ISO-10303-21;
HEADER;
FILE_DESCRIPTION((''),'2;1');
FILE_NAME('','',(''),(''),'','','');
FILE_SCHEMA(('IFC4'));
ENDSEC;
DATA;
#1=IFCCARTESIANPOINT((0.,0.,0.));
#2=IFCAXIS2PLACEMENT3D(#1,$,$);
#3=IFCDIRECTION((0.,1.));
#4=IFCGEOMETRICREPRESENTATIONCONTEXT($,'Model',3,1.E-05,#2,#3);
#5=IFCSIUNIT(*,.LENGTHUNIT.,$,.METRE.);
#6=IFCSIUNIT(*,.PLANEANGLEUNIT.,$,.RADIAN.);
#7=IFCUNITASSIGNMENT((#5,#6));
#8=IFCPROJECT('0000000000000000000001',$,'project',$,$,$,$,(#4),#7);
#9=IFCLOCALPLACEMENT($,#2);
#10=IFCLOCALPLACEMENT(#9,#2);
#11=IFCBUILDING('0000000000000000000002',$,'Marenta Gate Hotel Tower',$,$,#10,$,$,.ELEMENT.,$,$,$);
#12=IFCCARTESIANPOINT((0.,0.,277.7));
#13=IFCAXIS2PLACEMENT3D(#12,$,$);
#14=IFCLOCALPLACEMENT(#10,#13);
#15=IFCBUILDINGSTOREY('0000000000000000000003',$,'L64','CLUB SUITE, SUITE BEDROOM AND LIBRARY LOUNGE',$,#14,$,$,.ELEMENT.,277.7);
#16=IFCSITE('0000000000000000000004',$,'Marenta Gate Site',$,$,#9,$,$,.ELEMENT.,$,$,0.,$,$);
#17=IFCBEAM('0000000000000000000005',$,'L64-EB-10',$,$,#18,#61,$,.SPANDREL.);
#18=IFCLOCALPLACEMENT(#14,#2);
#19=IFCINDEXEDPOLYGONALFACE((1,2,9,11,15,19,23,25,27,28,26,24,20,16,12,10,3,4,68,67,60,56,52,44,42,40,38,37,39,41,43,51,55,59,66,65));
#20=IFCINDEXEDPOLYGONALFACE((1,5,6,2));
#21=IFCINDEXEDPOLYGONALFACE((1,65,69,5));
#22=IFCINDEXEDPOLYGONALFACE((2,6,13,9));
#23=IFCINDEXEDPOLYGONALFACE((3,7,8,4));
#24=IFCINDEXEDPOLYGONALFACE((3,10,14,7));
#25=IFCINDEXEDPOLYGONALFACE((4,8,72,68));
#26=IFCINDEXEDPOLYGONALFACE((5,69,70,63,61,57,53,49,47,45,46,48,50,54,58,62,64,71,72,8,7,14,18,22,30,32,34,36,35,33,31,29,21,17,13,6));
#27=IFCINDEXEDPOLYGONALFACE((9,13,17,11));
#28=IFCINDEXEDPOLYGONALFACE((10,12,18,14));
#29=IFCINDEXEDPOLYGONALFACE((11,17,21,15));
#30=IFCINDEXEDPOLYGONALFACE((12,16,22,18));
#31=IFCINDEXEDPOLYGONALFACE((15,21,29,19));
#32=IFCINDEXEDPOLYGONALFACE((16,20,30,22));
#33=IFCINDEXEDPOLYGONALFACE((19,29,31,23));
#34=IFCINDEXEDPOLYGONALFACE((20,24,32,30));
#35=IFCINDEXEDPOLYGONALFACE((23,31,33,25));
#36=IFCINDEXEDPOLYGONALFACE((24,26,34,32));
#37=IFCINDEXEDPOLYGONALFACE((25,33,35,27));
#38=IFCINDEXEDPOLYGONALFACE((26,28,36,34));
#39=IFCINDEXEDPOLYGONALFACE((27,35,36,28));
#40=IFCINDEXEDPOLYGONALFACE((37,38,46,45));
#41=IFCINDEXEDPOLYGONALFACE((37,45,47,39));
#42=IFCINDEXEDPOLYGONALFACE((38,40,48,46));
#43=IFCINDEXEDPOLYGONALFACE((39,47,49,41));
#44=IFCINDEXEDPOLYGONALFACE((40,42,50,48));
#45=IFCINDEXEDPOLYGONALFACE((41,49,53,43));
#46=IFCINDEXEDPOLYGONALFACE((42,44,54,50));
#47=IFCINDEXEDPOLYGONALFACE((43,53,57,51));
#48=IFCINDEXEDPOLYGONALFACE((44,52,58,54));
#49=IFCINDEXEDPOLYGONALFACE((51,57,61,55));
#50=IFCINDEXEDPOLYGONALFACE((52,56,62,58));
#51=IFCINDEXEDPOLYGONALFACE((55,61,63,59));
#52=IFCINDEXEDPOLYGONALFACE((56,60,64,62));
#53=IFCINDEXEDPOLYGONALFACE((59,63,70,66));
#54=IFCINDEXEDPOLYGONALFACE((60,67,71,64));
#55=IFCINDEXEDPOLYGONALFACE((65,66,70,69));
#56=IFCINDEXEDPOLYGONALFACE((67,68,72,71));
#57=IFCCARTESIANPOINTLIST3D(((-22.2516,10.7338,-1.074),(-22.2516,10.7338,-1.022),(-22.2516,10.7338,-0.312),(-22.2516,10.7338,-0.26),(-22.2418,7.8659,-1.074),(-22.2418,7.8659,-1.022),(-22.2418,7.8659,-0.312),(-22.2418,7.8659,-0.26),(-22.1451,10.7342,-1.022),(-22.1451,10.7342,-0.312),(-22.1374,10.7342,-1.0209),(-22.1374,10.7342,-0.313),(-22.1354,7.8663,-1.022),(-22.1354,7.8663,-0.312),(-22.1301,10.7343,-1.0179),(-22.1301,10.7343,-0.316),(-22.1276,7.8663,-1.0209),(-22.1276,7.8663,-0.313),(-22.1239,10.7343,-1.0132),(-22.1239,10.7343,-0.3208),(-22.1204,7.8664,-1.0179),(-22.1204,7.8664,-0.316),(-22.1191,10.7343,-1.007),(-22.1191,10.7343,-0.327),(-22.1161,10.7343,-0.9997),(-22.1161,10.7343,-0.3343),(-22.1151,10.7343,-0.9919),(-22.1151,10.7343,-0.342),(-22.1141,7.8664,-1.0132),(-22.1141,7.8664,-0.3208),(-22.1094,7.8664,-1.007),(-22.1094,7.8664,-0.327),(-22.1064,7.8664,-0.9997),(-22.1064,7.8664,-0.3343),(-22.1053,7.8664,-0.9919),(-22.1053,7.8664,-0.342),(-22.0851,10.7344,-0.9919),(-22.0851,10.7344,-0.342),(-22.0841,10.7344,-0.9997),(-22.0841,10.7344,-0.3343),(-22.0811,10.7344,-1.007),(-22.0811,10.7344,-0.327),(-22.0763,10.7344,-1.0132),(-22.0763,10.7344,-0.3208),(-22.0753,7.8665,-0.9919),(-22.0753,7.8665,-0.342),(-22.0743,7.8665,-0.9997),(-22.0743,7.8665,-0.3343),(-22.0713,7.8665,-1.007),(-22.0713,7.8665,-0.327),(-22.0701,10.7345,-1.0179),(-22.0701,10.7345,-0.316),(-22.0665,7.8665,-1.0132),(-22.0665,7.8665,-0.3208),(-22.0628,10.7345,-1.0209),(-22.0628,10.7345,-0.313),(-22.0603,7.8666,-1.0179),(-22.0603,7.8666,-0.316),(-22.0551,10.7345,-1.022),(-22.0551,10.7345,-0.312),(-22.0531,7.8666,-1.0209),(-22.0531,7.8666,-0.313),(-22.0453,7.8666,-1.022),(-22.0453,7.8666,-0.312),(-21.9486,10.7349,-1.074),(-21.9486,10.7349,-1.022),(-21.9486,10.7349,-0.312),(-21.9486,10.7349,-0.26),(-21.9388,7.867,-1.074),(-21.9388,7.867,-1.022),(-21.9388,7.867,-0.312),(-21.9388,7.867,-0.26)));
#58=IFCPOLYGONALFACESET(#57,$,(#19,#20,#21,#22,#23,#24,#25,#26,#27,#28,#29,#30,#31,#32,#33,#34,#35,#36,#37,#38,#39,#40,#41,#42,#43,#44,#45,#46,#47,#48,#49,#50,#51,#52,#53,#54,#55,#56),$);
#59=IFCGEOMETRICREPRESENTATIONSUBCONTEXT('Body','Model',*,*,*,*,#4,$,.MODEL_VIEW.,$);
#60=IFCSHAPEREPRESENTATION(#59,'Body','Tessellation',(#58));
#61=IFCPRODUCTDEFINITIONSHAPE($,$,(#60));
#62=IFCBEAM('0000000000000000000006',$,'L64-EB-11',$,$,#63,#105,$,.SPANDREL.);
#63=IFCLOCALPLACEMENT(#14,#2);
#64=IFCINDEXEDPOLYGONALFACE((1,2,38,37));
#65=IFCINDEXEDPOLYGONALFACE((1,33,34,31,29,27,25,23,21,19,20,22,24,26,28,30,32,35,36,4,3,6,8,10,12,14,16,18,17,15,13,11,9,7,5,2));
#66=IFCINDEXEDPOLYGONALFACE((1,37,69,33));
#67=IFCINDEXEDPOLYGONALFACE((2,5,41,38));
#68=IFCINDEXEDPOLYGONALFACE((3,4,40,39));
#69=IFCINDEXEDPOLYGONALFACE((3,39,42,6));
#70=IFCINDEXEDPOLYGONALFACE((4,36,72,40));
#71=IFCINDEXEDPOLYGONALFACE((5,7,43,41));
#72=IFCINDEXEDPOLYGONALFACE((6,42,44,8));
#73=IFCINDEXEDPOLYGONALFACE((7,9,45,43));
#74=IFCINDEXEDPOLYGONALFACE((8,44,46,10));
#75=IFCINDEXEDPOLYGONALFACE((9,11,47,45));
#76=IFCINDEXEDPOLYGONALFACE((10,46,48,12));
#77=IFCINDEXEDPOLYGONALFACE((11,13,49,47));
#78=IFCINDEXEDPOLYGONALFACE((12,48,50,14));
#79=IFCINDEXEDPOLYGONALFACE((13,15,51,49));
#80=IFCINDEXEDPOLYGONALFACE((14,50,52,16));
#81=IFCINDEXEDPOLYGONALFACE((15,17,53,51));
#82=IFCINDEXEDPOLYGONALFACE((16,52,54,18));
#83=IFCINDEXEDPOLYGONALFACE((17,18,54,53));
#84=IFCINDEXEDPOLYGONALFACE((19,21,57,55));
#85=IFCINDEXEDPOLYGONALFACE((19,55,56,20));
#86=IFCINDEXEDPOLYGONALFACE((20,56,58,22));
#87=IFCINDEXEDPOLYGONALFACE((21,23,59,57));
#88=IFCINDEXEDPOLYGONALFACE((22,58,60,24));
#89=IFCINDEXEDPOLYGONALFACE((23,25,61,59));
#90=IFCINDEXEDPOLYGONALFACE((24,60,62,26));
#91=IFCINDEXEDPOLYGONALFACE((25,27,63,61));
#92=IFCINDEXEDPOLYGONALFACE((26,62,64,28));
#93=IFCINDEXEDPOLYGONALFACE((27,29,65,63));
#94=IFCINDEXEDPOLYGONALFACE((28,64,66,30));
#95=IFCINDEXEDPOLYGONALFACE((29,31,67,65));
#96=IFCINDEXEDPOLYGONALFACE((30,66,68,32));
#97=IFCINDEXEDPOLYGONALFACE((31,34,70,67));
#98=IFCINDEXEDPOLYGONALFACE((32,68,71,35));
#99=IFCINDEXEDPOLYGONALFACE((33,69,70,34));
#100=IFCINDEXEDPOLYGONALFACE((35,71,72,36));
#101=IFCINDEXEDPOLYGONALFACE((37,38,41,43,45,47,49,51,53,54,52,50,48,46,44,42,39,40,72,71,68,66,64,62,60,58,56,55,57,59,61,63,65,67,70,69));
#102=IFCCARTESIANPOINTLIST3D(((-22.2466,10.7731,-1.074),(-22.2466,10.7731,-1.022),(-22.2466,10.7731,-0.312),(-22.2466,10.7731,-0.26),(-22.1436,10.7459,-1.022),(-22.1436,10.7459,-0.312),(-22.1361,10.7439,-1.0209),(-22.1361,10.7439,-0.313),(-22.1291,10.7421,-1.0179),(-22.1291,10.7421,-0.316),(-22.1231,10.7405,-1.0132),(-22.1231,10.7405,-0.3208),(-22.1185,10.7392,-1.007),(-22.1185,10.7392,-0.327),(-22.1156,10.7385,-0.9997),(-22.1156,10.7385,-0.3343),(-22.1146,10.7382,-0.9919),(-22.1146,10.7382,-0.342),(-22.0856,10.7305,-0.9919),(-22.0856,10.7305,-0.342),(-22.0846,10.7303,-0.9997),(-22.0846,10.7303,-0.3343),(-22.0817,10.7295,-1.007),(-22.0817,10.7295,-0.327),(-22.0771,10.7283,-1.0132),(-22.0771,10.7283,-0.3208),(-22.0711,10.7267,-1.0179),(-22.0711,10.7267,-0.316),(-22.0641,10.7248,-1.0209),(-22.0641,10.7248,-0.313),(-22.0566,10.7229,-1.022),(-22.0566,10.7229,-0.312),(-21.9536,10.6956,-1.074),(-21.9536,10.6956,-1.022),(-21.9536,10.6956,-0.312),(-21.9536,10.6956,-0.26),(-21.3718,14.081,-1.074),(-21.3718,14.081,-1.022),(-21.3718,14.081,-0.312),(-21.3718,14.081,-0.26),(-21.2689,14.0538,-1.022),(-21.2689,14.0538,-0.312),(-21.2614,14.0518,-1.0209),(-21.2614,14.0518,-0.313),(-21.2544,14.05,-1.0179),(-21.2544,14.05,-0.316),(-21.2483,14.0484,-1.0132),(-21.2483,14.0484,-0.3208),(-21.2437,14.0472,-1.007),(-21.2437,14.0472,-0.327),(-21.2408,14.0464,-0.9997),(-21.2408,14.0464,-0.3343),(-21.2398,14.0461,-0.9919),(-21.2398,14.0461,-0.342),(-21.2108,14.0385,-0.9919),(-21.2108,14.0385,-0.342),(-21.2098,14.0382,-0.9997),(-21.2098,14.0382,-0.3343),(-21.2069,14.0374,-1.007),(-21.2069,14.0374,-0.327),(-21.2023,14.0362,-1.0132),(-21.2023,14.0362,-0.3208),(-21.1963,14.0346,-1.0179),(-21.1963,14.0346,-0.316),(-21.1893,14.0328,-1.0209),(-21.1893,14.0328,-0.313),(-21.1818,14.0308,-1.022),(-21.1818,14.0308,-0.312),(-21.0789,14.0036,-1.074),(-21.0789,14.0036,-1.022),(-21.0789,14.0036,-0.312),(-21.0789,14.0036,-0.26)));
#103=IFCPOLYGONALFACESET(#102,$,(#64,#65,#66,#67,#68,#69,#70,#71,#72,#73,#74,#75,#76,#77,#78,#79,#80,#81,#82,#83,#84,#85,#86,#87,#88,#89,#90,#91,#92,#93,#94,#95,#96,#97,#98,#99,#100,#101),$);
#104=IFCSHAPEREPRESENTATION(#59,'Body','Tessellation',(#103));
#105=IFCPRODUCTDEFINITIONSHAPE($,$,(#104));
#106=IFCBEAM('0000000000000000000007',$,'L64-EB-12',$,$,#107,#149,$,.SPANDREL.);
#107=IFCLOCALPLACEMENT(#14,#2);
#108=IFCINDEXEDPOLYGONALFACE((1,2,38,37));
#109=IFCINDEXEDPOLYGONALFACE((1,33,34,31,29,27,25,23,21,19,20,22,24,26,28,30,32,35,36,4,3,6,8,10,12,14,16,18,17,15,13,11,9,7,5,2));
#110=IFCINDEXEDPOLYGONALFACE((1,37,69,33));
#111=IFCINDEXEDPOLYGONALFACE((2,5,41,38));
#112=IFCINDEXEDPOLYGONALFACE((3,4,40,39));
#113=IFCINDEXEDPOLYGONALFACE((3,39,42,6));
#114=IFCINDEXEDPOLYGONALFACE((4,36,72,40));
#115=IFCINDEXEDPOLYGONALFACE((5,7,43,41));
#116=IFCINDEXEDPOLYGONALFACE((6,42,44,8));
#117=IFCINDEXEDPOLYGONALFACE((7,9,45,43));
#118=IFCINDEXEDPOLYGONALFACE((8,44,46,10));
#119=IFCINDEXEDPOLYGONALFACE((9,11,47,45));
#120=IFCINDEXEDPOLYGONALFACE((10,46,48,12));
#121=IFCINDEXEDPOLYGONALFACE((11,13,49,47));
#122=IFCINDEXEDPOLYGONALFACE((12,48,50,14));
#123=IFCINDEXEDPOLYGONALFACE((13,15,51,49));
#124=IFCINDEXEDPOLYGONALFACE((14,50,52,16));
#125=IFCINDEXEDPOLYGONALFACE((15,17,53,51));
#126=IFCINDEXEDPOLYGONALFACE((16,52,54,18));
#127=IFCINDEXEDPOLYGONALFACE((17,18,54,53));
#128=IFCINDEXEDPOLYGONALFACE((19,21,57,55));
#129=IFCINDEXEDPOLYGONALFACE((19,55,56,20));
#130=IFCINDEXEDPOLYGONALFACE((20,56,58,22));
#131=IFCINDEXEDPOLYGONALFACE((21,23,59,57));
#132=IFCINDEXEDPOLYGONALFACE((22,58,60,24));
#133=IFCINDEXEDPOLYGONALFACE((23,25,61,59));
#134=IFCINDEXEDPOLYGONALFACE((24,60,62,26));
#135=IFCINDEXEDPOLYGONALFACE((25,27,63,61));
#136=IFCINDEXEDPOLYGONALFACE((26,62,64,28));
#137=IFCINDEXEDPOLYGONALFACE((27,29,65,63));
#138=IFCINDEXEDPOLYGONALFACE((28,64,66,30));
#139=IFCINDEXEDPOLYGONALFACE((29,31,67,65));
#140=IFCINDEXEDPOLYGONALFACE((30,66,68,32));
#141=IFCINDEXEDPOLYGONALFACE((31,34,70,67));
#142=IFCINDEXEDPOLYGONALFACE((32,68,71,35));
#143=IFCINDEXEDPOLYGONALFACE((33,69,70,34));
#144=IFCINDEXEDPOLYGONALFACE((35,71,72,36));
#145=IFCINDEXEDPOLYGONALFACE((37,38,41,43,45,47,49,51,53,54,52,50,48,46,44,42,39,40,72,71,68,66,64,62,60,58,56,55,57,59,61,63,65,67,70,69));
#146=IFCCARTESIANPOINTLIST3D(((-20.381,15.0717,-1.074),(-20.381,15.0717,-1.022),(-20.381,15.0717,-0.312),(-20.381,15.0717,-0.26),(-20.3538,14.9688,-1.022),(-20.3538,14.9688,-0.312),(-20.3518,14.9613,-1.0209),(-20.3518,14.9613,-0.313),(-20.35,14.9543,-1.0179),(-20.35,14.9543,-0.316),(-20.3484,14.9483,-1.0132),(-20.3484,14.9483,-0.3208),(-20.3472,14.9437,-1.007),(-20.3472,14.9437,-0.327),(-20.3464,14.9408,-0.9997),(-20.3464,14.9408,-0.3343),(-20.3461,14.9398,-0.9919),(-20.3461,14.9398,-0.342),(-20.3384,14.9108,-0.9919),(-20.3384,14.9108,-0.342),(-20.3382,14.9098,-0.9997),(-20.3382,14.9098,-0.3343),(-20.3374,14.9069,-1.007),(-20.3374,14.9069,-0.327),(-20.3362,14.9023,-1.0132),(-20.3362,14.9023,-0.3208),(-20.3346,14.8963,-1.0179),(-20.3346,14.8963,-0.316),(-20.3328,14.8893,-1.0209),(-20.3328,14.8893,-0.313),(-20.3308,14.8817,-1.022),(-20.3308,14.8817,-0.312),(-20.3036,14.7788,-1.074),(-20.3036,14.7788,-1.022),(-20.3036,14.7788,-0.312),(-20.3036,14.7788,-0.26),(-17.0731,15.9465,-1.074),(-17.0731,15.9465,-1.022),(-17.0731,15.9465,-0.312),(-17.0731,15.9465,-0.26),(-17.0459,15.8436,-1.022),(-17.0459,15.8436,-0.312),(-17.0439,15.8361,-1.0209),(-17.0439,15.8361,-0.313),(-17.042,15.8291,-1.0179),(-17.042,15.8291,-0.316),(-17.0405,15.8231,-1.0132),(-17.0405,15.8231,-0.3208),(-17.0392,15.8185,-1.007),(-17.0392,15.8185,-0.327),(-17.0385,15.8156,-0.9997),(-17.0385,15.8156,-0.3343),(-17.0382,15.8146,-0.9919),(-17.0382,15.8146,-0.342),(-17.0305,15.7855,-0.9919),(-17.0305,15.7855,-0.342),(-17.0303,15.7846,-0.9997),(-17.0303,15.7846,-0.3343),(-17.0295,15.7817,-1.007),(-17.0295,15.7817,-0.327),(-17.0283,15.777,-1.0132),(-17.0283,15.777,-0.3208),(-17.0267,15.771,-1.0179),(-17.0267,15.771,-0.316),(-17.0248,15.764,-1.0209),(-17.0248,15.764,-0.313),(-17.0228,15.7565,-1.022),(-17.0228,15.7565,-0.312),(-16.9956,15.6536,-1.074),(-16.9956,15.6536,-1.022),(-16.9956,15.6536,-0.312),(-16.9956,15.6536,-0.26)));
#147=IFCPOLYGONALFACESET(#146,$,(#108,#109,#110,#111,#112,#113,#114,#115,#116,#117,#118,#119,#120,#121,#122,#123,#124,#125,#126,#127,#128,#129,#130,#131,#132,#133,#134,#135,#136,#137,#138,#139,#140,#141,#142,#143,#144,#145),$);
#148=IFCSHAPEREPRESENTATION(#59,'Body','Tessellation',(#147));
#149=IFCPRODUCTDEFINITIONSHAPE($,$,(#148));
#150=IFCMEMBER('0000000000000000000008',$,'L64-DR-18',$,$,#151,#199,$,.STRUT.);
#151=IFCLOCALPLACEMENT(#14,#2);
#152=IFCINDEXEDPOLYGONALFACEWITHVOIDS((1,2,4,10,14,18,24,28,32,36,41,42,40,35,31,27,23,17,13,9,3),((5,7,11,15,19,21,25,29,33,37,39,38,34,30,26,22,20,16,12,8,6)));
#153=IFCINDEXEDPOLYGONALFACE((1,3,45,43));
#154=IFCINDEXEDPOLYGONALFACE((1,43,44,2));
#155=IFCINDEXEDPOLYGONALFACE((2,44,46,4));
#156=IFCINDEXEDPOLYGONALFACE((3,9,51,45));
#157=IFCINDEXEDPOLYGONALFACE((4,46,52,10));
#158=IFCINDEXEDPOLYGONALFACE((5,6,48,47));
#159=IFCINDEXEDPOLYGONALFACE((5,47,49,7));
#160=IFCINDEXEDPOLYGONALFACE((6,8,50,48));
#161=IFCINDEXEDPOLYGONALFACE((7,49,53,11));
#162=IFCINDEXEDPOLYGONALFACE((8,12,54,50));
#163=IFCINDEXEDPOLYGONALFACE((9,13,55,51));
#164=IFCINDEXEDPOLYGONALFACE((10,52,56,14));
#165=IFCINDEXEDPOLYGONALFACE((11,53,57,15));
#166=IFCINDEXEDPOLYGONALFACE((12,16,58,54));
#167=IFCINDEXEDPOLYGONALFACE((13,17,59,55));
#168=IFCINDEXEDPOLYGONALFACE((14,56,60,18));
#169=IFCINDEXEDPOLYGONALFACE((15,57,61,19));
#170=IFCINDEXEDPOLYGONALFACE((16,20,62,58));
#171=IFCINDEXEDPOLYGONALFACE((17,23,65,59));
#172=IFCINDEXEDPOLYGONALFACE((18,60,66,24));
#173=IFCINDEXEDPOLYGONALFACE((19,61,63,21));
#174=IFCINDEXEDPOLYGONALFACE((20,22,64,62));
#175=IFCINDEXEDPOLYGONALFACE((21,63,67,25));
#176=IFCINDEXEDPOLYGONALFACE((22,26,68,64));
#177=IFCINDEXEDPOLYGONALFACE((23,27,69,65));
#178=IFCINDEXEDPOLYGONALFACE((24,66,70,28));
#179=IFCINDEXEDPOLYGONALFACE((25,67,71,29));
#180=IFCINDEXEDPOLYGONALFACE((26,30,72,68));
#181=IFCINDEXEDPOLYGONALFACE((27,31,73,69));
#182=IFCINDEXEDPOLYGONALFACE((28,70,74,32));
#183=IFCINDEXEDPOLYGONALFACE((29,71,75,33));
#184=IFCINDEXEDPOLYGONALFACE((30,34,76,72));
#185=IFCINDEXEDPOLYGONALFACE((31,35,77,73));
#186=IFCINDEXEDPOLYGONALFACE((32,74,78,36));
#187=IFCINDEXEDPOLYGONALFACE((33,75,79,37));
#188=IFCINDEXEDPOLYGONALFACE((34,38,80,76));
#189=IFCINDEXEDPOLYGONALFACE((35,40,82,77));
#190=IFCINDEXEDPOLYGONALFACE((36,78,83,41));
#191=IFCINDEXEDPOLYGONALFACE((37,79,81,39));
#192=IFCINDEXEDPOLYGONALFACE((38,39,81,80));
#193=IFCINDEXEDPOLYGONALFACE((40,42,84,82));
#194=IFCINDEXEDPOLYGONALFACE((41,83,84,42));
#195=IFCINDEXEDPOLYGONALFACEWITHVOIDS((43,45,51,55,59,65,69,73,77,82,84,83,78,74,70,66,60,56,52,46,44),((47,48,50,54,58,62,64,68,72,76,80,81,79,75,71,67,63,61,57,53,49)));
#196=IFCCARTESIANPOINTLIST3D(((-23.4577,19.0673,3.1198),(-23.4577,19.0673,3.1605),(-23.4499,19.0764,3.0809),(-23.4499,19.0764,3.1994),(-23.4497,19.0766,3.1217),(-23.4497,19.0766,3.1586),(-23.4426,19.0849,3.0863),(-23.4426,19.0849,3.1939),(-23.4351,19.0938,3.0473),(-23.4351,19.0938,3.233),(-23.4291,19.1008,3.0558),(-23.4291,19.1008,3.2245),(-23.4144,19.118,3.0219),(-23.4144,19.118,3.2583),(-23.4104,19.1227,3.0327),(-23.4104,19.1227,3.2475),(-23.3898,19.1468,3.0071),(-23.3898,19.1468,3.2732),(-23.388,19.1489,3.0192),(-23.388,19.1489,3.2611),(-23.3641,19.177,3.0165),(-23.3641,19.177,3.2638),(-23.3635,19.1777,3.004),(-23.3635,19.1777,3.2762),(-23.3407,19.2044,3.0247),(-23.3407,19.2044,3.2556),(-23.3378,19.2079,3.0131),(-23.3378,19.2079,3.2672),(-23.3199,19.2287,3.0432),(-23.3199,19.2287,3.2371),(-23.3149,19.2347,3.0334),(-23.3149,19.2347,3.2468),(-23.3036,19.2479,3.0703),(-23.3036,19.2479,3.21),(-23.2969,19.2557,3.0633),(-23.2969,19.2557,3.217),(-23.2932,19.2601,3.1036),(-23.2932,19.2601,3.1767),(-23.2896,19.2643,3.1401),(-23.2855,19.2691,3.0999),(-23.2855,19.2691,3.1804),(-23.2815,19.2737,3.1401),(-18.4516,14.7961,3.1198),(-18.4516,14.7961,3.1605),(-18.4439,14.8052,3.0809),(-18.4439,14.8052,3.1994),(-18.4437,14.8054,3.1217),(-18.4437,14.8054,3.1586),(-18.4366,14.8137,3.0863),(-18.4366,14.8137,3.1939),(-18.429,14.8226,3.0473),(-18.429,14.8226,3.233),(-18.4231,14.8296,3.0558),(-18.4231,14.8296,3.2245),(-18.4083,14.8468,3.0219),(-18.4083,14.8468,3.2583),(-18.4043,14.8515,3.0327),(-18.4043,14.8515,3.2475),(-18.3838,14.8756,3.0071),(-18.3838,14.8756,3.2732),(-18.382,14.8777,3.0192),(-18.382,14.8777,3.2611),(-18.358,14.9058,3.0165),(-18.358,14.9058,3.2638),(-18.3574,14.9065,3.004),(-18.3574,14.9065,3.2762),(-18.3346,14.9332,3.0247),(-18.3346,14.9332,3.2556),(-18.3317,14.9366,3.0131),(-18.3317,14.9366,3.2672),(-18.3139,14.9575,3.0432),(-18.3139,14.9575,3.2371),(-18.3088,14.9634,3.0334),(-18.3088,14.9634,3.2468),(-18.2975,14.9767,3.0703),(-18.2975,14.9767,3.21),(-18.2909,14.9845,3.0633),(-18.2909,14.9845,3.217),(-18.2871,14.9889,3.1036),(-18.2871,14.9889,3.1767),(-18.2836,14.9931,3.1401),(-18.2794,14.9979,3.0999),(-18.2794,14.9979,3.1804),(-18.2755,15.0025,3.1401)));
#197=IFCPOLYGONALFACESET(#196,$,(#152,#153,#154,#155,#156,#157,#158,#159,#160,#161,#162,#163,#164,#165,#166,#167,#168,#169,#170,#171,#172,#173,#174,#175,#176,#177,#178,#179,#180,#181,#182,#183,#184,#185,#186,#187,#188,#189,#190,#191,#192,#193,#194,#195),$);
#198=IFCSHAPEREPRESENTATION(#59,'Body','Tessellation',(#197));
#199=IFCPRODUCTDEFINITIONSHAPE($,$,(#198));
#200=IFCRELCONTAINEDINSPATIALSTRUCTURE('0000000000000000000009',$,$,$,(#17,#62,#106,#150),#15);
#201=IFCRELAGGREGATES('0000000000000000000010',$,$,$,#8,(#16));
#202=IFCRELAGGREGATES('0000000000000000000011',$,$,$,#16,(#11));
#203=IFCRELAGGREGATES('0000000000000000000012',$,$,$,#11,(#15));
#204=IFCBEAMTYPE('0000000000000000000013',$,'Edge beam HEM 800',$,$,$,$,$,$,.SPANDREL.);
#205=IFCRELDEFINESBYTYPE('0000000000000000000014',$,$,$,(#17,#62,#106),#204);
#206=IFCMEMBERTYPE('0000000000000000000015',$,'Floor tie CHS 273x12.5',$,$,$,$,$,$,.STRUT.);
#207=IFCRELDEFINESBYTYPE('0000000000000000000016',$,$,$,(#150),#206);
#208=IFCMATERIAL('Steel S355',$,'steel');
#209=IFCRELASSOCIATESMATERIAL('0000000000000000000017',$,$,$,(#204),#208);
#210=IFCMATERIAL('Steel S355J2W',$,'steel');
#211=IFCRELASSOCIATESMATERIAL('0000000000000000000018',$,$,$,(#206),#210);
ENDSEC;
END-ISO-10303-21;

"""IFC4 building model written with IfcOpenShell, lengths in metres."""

from ifc_helpers import new_model, si_unit, direction, frame, origin, origin_2d, place, context, subcontext, project, spatial, hollow_circle, i_section, extrude, material, material_profile, profile_set, type_object, element, save


model = new_model("IFC4")

# Units and contexts
model_context = context("Model", 3, precision=1e-05, world=origin(), true_north=direction((0.0, 1.0)))
body_context = subcontext(model_context, "Body", "Model", "MODEL_VIEW")
ifc_project = project(units=[si_unit("LENGTHUNIT", "METRE"), si_unit("PLANEANGLEUNIT", "RADIAN")], contexts=[model_context])

# Site, building, storey
site_placement = place(None, origin())
site = spatial("IfcSite", under=ifc_project, at=site_placement, Name="Marenta Gate Site", CompositionType="ELEMENT", RefElevation=0.0)
building_placement = place(site_placement, origin())
building = spatial("IfcBuilding", under=site, at=building_placement, Name="Marenta Gate Hotel Tower", CompositionType="ELEMENT")
storey_placement = place(building_placement, frame((0.0, 0.0, 277.7)))
storey = spatial("IfcBuildingStorey", under=building, at=storey_placement, Name="L64", Description="CLUB SUITE, SUITE BEDROOM AND LIBRARY LOUNGE", CompositionType="ELEMENT", Elevation=277.7)

# Beams
ifc_material_1 = material(Name="Steel S355", Category="steel")
ifc_material_profile_1 = material_profile(ifc_material_1, i_section(OverallWidth=0.303, OverallDepth=0.814, WebThickness=0.03, FlangeThickness=0.052, FilletRadius=0.03, at=origin_2d()), Name="HEM 800")
ifc_profile_set_1 = profile_set([ifc_material_profile_1], Name="Steel S355")
beam_type_1 = type_object("IfcBeamType", Name="Edge beam HEM 800", PredefinedType="SPANDREL", material=ifc_profile_set_1)
beam_1_placement = place(storey_placement, frame((-22.0903, 7.8665, -0.667), z_axis=(-0.003405, 0.999994, 0.0), x_axis=(-0.999994, -0.003405, 0.0)))
element("IfcBeam", 1, at=beam_1_placement, inside=storey, type_object=beam_type_1, Name="L64-EB-10", PredefinedType="SPANDREL", context=body_context, shape_type="SweptSolid", body=[
    extrude(i_section(OverallWidth=0.303, OverallDepth=0.814, WebThickness=0.03, FlangeThickness=0.052, FilletRadius=0.03, at=origin_2d()), origin(), (0.0, 0.0, 1.0), 2.8679),
])
for number, where, z_axis, x_axis, name in (
    (2, (-22.1001, 10.7344, -0.667), (0.255659, 0.966767, 0.0), (-0.966767, 0.255659, 0.0), "L64-EB-11"),
    (3, (-20.3423, 14.9253, -0.667), (0.966767, 0.255659, 0.0), (-0.255659, 0.966767, 0.0), "L64-EB-12"),
):
    element("IfcBeam", number, at=place(storey_placement, frame(where, z_axis=z_axis, x_axis=x_axis)), inside=storey, type_object=beam_type_1, Name=name, PredefinedType="SPANDREL", context=body_context, shape_type="SweptSolid", body=[
        extrude(i_section(OverallWidth=0.303, OverallDepth=0.814, WebThickness=0.03, FlangeThickness=0.052, FilletRadius=0.03, at=origin_2d()), origin(), (0.0, 0.0, 1.0), 3.4216),
    ])

# Member
ifc_material_2 = material(Name="Steel S355J2W", Category="steel")
ifc_material_profile_2 = material_profile(ifc_material_2, hollow_circle(Radius=0.1365, WallThickness=0.0125, at=origin_2d()), Name="CHS 273x12.5")
ifc_profile_set_2 = profile_set([ifc_material_profile_2], Name="Steel S355J2W")
member_type_1 = type_object("IfcMemberType", Name="Floor tie CHS 273x12.5", PredefinedType="STRUT", material=ifc_profile_set_2)
member_1_placement = place(storey_placement, frame((-23.3701, 19.1699, 3.1401), z_axis=(0.760734, -0.649063, 0.0), x_axis=(0.649063, 0.760734, 0.0)))
element("IfcMember", 4, at=member_1_placement, inside=storey, type_object=member_type_1, Name="L64-DR-18", PredefinedType="STRUT", context=body_context, shape_type="SweptSolid", body=[
    extrude(hollow_circle(Radius=0.1365, WallThickness=0.0125, at=origin_2d()), origin(), (0.0, 0.0, 1.0), 6.5806),
])

save(model, "model.ifc")
